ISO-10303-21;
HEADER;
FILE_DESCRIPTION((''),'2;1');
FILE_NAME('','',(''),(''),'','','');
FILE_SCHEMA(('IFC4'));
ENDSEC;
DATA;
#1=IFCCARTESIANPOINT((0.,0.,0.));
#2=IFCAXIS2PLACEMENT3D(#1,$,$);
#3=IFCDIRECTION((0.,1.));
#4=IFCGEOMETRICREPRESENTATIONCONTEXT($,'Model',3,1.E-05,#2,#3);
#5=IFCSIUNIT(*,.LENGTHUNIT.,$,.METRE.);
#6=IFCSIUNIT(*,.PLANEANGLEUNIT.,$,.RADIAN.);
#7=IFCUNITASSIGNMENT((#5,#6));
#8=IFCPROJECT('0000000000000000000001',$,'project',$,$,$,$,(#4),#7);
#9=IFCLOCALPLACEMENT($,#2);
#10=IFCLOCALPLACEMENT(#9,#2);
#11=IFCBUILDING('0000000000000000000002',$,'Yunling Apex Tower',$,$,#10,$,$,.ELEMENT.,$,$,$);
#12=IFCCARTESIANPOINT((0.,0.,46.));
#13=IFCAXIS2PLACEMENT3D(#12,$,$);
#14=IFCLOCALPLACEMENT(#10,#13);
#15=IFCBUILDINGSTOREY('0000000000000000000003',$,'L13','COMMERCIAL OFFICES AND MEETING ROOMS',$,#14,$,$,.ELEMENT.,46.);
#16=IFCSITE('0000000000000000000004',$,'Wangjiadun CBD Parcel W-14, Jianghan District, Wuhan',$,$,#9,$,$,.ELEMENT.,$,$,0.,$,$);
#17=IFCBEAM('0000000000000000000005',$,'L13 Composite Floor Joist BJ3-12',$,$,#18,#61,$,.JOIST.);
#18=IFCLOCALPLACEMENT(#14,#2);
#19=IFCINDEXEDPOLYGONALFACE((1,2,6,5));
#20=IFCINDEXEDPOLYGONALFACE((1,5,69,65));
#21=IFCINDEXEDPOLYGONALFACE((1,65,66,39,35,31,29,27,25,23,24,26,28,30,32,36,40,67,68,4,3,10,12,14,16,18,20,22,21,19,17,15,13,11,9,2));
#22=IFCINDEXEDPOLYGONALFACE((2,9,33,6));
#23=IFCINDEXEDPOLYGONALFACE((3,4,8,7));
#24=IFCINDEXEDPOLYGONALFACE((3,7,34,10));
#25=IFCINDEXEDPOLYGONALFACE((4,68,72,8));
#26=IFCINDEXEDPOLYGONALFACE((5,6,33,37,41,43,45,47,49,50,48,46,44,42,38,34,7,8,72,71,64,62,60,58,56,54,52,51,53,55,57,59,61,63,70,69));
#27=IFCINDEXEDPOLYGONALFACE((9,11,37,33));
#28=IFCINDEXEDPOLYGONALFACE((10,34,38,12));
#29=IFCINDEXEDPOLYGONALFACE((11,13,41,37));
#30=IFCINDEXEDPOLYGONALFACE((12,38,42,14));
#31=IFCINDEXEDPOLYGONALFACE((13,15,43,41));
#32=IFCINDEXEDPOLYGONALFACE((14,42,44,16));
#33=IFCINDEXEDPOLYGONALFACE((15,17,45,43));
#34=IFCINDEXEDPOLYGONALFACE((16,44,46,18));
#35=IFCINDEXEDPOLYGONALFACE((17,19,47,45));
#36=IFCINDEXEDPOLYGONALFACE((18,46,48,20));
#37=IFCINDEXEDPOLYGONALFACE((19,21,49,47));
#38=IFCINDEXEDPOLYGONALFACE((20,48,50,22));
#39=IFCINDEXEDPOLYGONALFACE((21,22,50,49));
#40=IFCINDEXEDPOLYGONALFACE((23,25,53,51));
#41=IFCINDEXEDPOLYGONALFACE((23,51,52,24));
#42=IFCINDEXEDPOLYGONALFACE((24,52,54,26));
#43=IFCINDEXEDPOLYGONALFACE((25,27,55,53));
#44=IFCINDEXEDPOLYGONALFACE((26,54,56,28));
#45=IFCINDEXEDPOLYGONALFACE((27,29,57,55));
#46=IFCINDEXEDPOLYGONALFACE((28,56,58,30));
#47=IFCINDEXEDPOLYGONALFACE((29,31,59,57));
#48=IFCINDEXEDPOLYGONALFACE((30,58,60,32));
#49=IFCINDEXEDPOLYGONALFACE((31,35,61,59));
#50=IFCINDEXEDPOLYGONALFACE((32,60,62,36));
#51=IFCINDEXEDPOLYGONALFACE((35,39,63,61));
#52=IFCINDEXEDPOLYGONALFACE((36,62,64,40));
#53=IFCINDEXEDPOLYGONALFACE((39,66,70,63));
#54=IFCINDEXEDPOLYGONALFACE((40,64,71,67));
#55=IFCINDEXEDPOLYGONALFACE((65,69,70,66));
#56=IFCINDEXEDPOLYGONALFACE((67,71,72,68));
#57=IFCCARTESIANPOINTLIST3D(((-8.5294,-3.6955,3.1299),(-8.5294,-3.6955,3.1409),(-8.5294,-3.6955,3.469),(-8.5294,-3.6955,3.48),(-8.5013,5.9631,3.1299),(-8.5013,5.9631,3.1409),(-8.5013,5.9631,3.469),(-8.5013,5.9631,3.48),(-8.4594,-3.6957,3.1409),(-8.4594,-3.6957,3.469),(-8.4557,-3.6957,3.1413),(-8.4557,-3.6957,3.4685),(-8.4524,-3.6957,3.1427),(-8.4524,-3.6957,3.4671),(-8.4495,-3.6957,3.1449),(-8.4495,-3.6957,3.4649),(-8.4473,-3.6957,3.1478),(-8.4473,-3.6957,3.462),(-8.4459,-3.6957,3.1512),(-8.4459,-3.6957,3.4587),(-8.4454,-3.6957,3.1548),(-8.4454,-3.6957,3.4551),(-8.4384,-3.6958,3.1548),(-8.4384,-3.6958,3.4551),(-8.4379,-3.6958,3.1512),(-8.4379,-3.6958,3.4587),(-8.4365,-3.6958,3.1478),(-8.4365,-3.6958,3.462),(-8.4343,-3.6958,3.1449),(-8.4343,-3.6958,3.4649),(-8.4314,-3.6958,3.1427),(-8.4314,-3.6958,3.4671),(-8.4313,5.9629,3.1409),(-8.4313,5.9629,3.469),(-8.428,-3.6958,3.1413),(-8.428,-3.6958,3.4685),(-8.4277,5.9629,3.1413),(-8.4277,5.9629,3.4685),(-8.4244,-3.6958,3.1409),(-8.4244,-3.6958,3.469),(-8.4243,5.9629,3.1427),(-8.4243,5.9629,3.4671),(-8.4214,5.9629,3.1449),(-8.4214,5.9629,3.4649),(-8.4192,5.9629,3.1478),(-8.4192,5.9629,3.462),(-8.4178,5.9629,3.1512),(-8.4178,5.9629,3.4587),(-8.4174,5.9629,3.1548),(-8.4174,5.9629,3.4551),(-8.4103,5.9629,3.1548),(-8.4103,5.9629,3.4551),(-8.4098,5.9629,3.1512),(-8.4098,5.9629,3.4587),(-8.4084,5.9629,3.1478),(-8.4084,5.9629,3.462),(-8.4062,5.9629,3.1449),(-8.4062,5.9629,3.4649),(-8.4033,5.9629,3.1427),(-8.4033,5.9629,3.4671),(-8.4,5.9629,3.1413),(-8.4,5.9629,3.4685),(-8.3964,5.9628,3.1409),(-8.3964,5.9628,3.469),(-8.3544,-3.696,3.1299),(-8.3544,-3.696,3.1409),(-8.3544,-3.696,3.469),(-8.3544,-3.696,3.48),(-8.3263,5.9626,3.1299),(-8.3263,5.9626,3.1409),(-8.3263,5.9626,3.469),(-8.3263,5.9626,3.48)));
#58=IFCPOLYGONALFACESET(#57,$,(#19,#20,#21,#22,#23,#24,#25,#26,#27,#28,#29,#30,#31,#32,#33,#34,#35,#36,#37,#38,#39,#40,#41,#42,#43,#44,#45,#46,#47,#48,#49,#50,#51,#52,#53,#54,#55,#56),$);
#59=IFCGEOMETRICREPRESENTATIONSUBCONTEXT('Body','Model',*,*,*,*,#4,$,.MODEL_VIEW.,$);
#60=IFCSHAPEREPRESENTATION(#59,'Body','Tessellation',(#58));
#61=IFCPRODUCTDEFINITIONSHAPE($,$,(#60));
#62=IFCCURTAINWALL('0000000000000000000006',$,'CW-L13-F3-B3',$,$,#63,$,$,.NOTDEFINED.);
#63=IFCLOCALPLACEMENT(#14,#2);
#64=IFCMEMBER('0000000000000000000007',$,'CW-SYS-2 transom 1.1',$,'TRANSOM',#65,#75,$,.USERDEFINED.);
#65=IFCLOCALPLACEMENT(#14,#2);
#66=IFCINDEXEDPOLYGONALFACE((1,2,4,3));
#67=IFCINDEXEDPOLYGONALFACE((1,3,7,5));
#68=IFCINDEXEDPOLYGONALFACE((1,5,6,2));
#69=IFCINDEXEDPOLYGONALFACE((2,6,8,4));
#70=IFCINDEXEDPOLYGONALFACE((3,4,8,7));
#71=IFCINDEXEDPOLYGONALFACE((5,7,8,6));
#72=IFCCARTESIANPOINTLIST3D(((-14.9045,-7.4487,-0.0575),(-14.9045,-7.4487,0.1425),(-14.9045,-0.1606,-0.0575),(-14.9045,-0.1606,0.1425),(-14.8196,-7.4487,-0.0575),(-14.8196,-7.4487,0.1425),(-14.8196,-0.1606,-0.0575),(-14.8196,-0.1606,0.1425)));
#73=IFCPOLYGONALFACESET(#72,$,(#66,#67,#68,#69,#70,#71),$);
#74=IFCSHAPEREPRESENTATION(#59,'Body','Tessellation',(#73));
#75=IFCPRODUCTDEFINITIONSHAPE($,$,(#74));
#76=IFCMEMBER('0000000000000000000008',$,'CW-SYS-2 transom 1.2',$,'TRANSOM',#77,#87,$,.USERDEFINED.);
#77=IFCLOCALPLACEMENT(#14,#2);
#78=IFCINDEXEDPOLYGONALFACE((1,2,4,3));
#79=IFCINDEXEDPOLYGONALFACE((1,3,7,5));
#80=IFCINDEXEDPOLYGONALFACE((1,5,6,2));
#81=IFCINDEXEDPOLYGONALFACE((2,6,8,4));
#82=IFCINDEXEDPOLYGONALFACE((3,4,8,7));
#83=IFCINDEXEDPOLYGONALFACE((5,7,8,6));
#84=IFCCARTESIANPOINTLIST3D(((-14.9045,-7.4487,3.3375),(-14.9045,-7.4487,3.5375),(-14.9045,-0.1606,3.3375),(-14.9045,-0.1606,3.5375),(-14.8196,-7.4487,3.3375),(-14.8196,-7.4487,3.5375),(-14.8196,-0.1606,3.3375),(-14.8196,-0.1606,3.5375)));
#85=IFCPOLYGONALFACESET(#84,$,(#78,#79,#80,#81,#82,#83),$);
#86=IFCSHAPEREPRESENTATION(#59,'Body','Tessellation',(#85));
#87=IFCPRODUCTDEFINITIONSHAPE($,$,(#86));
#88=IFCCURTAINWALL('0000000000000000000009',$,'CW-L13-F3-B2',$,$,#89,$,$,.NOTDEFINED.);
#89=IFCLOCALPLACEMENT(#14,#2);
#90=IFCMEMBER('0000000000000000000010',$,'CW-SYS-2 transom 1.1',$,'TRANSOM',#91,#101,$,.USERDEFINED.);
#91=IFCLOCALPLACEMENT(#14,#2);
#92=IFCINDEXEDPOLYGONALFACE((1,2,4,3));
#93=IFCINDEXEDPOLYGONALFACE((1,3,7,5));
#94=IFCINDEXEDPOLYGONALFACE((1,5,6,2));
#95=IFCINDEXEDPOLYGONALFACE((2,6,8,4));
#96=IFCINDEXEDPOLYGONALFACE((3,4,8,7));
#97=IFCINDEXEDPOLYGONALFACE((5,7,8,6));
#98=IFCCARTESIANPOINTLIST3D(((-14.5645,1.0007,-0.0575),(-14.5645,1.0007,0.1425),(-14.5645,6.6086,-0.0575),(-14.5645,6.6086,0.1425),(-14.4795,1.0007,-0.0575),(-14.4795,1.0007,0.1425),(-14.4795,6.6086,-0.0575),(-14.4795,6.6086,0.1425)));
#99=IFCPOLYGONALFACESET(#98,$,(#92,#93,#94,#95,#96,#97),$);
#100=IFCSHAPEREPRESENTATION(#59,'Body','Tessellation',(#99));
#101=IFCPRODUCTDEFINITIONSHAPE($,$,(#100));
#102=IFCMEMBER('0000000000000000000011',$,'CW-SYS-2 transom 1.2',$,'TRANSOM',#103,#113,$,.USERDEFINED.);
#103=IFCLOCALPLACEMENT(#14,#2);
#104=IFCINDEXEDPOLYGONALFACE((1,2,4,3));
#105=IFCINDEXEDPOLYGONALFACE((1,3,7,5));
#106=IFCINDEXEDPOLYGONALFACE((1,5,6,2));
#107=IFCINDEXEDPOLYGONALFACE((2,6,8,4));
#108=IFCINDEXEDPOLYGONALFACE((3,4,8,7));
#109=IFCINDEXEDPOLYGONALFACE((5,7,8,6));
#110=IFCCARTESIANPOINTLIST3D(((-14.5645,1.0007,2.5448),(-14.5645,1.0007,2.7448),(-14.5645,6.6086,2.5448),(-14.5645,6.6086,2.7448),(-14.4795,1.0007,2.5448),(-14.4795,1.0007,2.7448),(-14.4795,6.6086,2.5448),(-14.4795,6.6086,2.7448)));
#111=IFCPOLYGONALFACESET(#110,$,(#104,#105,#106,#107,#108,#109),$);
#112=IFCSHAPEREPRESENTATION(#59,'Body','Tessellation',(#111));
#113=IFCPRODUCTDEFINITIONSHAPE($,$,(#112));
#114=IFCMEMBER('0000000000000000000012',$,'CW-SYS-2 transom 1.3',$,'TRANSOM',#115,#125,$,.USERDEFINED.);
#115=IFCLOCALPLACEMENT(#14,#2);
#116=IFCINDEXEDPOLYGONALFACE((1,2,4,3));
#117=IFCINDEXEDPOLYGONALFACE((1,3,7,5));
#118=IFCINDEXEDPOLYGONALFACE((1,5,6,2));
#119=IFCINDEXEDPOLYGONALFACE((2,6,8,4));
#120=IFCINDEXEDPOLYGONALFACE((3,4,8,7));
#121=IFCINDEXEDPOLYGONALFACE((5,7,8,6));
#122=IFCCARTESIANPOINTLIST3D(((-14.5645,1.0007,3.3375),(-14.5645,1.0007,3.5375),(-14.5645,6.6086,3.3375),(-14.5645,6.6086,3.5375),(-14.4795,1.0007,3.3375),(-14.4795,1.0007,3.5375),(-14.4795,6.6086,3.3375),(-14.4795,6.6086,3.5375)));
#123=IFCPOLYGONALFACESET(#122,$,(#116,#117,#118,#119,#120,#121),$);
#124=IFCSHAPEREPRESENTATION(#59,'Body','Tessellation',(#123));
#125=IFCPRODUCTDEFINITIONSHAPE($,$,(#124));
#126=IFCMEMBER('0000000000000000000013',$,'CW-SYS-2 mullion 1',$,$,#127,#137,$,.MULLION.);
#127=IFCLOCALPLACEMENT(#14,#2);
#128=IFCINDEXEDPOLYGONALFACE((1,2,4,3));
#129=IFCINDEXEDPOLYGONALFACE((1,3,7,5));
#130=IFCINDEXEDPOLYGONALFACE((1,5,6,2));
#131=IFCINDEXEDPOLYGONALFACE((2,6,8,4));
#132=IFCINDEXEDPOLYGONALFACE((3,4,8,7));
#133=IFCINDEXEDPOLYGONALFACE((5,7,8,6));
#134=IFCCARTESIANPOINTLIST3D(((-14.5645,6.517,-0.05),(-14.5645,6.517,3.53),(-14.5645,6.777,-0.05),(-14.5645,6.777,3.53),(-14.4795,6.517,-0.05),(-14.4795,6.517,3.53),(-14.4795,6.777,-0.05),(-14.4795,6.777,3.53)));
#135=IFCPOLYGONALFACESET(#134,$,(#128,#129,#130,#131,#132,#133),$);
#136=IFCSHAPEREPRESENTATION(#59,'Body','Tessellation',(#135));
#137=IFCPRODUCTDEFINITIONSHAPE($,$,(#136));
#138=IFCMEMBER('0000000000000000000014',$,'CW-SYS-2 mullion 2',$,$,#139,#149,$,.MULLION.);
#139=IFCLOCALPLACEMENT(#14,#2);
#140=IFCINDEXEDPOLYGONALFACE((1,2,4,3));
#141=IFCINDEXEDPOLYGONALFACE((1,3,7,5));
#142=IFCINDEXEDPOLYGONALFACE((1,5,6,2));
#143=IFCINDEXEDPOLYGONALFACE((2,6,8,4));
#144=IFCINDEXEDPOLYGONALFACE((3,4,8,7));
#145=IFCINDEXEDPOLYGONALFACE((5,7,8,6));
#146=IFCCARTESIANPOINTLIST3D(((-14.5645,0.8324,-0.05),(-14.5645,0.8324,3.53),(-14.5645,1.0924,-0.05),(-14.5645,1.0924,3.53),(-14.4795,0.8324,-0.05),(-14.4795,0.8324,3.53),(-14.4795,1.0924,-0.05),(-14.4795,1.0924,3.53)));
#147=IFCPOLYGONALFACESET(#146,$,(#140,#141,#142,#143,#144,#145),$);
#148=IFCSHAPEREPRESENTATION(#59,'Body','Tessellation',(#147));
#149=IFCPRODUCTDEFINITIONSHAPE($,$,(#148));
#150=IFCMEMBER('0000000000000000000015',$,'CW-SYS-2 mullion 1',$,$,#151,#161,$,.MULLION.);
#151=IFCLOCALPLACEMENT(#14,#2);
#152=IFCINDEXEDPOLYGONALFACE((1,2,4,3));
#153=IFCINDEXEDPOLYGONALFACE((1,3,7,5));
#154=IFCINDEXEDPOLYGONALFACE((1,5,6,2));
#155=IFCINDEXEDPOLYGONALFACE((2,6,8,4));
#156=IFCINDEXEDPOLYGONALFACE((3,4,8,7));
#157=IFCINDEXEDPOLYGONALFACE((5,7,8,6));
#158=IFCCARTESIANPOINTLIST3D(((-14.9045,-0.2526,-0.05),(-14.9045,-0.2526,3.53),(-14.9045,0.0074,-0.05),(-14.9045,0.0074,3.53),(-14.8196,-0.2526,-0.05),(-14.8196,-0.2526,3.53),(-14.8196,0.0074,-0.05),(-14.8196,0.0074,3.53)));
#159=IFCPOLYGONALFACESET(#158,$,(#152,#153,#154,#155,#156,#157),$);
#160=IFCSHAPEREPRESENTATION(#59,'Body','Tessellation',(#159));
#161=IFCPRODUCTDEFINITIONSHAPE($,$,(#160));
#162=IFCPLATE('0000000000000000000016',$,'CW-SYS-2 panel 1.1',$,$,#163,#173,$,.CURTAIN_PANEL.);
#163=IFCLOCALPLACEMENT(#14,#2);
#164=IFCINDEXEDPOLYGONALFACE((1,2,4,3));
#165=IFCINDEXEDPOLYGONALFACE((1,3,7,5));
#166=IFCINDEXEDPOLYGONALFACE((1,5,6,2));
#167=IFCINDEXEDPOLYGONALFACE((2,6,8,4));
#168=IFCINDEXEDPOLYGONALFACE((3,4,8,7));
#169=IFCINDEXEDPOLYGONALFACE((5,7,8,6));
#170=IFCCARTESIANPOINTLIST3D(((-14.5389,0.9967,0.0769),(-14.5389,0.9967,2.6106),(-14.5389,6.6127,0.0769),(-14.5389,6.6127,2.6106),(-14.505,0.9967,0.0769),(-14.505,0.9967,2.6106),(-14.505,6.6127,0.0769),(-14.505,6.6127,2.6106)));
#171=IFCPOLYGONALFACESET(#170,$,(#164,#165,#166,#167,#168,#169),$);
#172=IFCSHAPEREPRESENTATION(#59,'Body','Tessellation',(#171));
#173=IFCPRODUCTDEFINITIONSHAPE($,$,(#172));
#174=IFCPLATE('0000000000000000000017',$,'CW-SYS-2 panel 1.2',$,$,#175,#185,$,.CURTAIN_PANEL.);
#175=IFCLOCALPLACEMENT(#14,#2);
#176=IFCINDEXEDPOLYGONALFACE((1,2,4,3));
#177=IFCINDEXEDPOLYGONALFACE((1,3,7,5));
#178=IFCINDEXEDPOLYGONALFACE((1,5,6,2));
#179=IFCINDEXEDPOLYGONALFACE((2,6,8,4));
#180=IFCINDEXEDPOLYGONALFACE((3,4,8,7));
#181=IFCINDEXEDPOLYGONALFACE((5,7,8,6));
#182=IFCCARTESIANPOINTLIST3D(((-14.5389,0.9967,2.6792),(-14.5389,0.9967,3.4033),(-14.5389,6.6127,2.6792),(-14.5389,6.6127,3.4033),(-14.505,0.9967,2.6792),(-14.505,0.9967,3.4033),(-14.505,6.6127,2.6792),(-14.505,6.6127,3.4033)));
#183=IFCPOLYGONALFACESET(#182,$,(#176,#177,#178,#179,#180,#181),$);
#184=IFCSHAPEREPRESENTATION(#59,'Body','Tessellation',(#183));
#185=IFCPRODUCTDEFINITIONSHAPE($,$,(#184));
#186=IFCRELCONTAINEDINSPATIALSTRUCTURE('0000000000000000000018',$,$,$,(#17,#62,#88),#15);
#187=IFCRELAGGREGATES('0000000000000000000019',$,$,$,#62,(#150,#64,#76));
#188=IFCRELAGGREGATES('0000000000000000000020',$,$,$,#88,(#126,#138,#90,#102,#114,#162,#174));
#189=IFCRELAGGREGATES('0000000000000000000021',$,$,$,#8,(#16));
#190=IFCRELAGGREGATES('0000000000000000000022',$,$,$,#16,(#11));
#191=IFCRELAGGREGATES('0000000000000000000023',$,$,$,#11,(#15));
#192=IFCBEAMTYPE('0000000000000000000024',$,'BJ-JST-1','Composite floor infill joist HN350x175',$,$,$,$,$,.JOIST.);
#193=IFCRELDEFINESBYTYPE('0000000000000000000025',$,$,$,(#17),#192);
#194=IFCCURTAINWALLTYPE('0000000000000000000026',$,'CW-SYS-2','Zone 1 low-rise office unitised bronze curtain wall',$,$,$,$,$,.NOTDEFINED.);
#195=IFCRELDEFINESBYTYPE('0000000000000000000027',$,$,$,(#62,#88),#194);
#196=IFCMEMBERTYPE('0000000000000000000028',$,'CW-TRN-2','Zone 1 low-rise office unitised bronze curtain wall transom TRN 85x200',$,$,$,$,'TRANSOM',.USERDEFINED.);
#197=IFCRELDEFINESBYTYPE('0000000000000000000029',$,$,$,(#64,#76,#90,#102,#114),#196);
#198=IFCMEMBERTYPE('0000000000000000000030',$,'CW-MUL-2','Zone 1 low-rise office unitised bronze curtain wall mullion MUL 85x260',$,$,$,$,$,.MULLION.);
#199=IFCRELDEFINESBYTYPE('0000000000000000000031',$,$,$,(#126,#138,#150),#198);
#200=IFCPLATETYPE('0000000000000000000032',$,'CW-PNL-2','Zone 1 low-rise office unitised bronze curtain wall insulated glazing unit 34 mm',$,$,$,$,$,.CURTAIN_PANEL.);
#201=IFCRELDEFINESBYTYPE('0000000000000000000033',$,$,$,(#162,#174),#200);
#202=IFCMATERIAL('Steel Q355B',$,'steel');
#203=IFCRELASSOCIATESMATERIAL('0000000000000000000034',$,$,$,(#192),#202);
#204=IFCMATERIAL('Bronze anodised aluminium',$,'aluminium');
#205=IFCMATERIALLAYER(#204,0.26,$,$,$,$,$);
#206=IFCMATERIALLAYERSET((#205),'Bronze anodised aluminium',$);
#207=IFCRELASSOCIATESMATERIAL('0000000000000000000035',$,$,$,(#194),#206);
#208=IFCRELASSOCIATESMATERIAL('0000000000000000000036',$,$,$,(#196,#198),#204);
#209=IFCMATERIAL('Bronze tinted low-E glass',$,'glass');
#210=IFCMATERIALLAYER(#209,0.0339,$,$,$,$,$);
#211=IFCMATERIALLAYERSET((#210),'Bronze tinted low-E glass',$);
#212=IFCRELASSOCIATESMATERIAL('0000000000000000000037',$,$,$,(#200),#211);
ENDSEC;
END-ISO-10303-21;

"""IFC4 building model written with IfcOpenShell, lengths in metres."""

from ifc_helpers import new_model, si_unit, direction, frame, origin, origin_2d, place, context, subcontext, project, spatial, rectangle, i_section, extrude, source, transform, mapped, material, layer, layer_set, material_profile, profile_set, type_object, element, aggregate, save


model = new_model("IFC4")

# Units and contexts
model_context = context("Model", 3, precision=1e-05, world=origin(), true_north=direction((0.0, 1.0)))
body_context = subcontext(model_context, "Body", "Model", "MODEL_VIEW")
ifc_project = project(units=[si_unit("LENGTHUNIT", "METRE"), si_unit("PLANEANGLEUNIT", "RADIAN")], contexts=[model_context])

# Site, building, storey
site_placement = place(None, origin())
site = spatial("IfcSite", under=ifc_project, at=site_placement, Name="Wangjiadun CBD Parcel W-14, Jianghan District, Wuhan", CompositionType="ELEMENT", RefElevation=0.0)
building_placement = place(site_placement, origin())
building = spatial("IfcBuilding", under=site, at=building_placement, Name="Yunling Apex Tower", CompositionType="ELEMENT")
storey_placement = place(building_placement, frame((0.0, 0.0, 46.0)))
storey = spatial("IfcBuildingStorey", under=building, at=storey_placement, Name="L13", Description="COMMERCIAL OFFICES AND MEETING ROOMS", CompositionType="ELEMENT", Elevation=46.0)

# Beam
ifc_material_1 = material(Name="Steel Q355B", Category="steel")
ifc_material_profile_1 = material_profile(ifc_material_1, i_section(OverallWidth=0.175, OverallDepth=0.3501, WebThickness=0.0071, FlangeThickness=0.011, FilletRadius=0.0139, at=origin_2d()))
ifc_profile_set_1 = profile_set([ifc_material_profile_1], Name="Steel Q355B")
beam_type_1 = type_object("IfcBeamType", Name="BJ-JST-1", Description="Composite floor infill joist HN350x175", PredefinedType="JOIST", material=ifc_profile_set_1)
shared_shape_1 = source(origin(), body_context, "Body", "SweptSolid", [
    extrude(i_section(OverallWidth=0.175, OverallDepth=0.3501, WebThickness=0.0071, FlangeThickness=0.011, FilletRadius=0.0139, at=origin_2d()), origin(), (0.0, 0.0, 1.0), 9.6587),
])
beam_1_placement = place(storey_placement, frame((-8.4138, 5.9629, 3.3049), z_axis=(-0.002907, -0.999996, 0.0), x_axis=(0.999996, -0.002907, 0.0)))
element("IfcBeam", 1, at=beam_1_placement, inside=storey, type_object=beam_type_1, Name="L13 Composite Floor Joist BJ3-12", PredefinedType="JOIST", context=body_context, shape_type="MappedRepresentation", body=[
    mapped(shared_shape_1, transform((0.0, 0.0, 0.0), scale=1.0)),
])

# Curtain walls, members
ifc_material_2 = material(Name="Bronze anodised aluminium", Category="aluminium")
ifc_layer_1 = layer(ifc_material_2, 0.26)
ifc_layer_set_1 = layer_set([ifc_layer_1], Name="Bronze anodised aluminium")
curtain_wall_type = type_object("IfcCurtainWallType", Name="CW-SYS-2", Description="Zone 1 low-rise office unitised bronze curtain wall", PredefinedType="NOTDEFINED", material=ifc_layer_set_1)
curtain_wall_1_placement = place(storey_placement, origin())
curtain_wall_1 = element("IfcCurtainWall", 2, at=curtain_wall_1_placement, inside=storey, type_object=curtain_wall_type, Name="CW-L13-F3-B3", PredefinedType="NOTDEFINED")
ifc_material_profile_2 = material_profile(ifc_material_2, rectangle(XDim=0.085, YDim=0.2, at=origin_2d()))
ifc_profile_set_2 = profile_set([ifc_material_profile_2], Name="Bronze anodised aluminium")
member_type_1 = type_object("IfcMemberType", Name="CW-TRN-2", Description="Zone 1 low-rise office unitised bronze curtain wall transom TRN 85x200", ElementType="TRANSOM", PredefinedType="USERDEFINED", material=ifc_profile_set_2)
shared_shape_2 = source(origin(), body_context, "Body", "SweptSolid", [
    extrude(rectangle(XDim=0.085, YDim=0.2, at=origin_2d()), origin(), (0.0, 0.0, 1.0), 7.2881),
])
member_1_placement = place(storey_placement, frame((-14.8621, -0.1606, 0.0425), z_axis=(0.0, -1.0, 0.0), x_axis=(1.0, 0.0, 0.0)))
member_1 = element("IfcMember", 3, at=member_1_placement, type_object=member_type_1, Name="CW-SYS-2 transom 1.1", ObjectType="TRANSOM", PredefinedType="USERDEFINED", context=body_context, shape_type="MappedRepresentation", body=[
    mapped(shared_shape_2, transform((0.0, 0.0, 0.0), scale=1.0)),
])
member_2_placement = place(storey_placement, frame((-14.8621, -0.1606, 3.4375), z_axis=(0.0, -1.0, 0.0), x_axis=(1.0, 0.0, 0.0)))
member_2 = element("IfcMember", 4, at=member_2_placement, type_object=member_type_1, Name="CW-SYS-2 transom 1.2", ObjectType="TRANSOM", PredefinedType="USERDEFINED", context=body_context, shape_type="MappedRepresentation", body=[
    mapped(shared_shape_2, transform((0.0, 0.0, 0.0), scale=1.0)),
])
curtain_wall_2_placement = place(storey_placement, origin())
curtain_wall_2 = element("IfcCurtainWall", 5, at=curtain_wall_2_placement, inside=storey, type_object=curtain_wall_type, Name="CW-L13-F3-B2", PredefinedType="NOTDEFINED")
shared_shape_3 = source(origin(), body_context, "Body", "SweptSolid", [
    extrude(rectangle(XDim=0.085, YDim=0.2, at=origin_2d()), origin(), (0.0, 0.0, 1.0), 5.6079),
])
member_3_placement = place(storey_placement, frame((-14.522, 6.6086, 0.0425), z_axis=(0.0, -1.0, 0.0), x_axis=(1.0, 0.0, 0.0)))
member_3 = element("IfcMember", 6, at=member_3_placement, type_object=member_type_1, Name="CW-SYS-2 transom 1.1", ObjectType="TRANSOM", PredefinedType="USERDEFINED", context=body_context, shape_type="MappedRepresentation", body=[
    mapped(shared_shape_3, transform((0.0, 0.0, 0.0), scale=1.0)),
])
member_4_placement = place(storey_placement, frame((-14.522, 6.6086, 2.6448), z_axis=(0.0, -1.0, 0.0), x_axis=(1.0, 0.0, 0.0)))
member_4 = element("IfcMember", 7, at=member_4_placement, type_object=member_type_1, Name="CW-SYS-2 transom 1.2", ObjectType="TRANSOM", PredefinedType="USERDEFINED", context=body_context, shape_type="MappedRepresentation", body=[
    mapped(shared_shape_3, transform((0.0, 0.0, 0.0), scale=1.0)),
])
member_5_placement = place(storey_placement, frame((-14.522, 6.6086, 3.4375), z_axis=(0.0, -1.0, 0.0), x_axis=(1.0, 0.0, 0.0)))
member_5 = element("IfcMember", 8, at=member_5_placement, type_object=member_type_1, Name="CW-SYS-2 transom 1.3", ObjectType="TRANSOM", PredefinedType="USERDEFINED", context=body_context, shape_type="MappedRepresentation", body=[
    mapped(shared_shape_3, transform((0.0, 0.0, 0.0), scale=1.0)),
])
ifc_material_profile_3 = material_profile(ifc_material_2, rectangle(XDim=0.085, YDim=0.26, at=origin_2d()))
ifc_profile_set_3 = profile_set([ifc_material_profile_3], Name="Bronze anodised aluminium")
member_type_2 = type_object("IfcMemberType", Name="CW-MUL-2", Description="Zone 1 low-rise office unitised bronze curtain wall mullion MUL 85x260", PredefinedType="MULLION", material=ifc_profile_set_3)
shared_shape_4 = source(origin(), body_context, "Body", "SweptSolid", [
    extrude(rectangle(XDim=0.085, YDim=0.26, at=origin_2d()), origin(), (0.0, 0.0, 1.0), 3.5801),
])
member_6_placement = place(storey_placement, frame((-14.522, 6.647, -0.05), z_axis=(0.0, 0.0, 1.0), x_axis=(1.0, 0.0, 0.0)))
member_6 = element("IfcMember", 9, at=member_6_placement, type_object=member_type_2, Name="CW-SYS-2 mullion 1", PredefinedType="MULLION", context=body_context, shape_type="MappedRepresentation", body=[
    mapped(shared_shape_4, transform((0.0, 0.0, 0.0), scale=1.0)),
])
member_7_placement = place(storey_placement, frame((-14.522, 0.9624, -0.05), z_axis=(0.0, 0.0, 1.0), x_axis=(1.0, 0.0, 0.0)))
member_7 = element("IfcMember", 10, at=member_7_placement, type_object=member_type_2, Name="CW-SYS-2 mullion 2", PredefinedType="MULLION", context=body_context, shape_type="MappedRepresentation", body=[
    mapped(shared_shape_4, transform((0.0, 0.0, 0.0), scale=1.0)),
])

# Member
member_8_placement = place(storey_placement, frame((-14.8621, -0.1226, -0.05), z_axis=(0.0, 0.0, 1.0), x_axis=(1.0, 0.0, 0.0)))
member_8 = element("IfcMember", 11, at=member_8_placement, type_object=member_type_2, Name="CW-SYS-2 mullion 1", PredefinedType="MULLION", context=body_context, shape_type="MappedRepresentation", body=[
    mapped(shared_shape_4, transform((0.0, 0.0, 0.0), scale=1.0)),
])
aggregate(curtain_wall_1, [member_8, member_1, member_2])

# Plates
ifc_material_3 = material(Name="Bronze tinted low-E glass", Category="glass")
ifc_layer_2 = layer(ifc_material_3, 0.0339)
ifc_layer_set_2 = layer_set([ifc_layer_2], Name="Bronze tinted low-E glass")
plate_type = type_object("IfcPlateType", Name="CW-PNL-2", Description="Zone 1 low-rise office unitised bronze curtain wall insulated glazing unit 34 mm", PredefinedType="CURTAIN_PANEL", material=ifc_layer_set_2)
shared_shape_5 = source(origin(), body_context, "Body", "SweptSolid", [
    extrude(rectangle(XDim=5.616, YDim=0.0339, at=origin_2d()), origin(), (0.0, 0.0, 1.0), 2.5337),
])
plate_1_placement = place(storey_placement, frame((-14.522, 3.8047, 0.0769), z_axis=(0.0, 0.0, 1.0), x_axis=(0.0, -1.0, 0.0)))
plate_1 = element("IfcPlate", 12, at=plate_1_placement, type_object=plate_type, Name="CW-SYS-2 panel 1.1", PredefinedType="CURTAIN_PANEL", context=body_context, shape_type="MappedRepresentation", body=[
    mapped(shared_shape_5, transform((0.0, 0.0, 0.0), scale=1.0)),
])
shared_shape_6 = source(origin(), body_context, "Body", "SweptSolid", [
    extrude(rectangle(XDim=5.616, YDim=0.0339, at=origin_2d()), origin(), (0.0, 0.0, 1.0), 0.7241),
])
plate_2_placement = place(storey_placement, frame((-14.522, 3.8047, 2.6792), z_axis=(0.0, 0.0, 1.0), x_axis=(0.0, -1.0, 0.0)))
plate_2 = element("IfcPlate", 13, at=plate_2_placement, type_object=plate_type, Name="CW-SYS-2 panel 1.2", PredefinedType="CURTAIN_PANEL", context=body_context, shape_type="MappedRepresentation", body=[
    mapped(shared_shape_6, transform((0.0, 0.0, 0.0), scale=1.0)),
])
aggregate(curtain_wall_2, [member_6, member_7, member_3, member_4, member_5, plate_1, plate_2])

save(model, "model.ifc")
